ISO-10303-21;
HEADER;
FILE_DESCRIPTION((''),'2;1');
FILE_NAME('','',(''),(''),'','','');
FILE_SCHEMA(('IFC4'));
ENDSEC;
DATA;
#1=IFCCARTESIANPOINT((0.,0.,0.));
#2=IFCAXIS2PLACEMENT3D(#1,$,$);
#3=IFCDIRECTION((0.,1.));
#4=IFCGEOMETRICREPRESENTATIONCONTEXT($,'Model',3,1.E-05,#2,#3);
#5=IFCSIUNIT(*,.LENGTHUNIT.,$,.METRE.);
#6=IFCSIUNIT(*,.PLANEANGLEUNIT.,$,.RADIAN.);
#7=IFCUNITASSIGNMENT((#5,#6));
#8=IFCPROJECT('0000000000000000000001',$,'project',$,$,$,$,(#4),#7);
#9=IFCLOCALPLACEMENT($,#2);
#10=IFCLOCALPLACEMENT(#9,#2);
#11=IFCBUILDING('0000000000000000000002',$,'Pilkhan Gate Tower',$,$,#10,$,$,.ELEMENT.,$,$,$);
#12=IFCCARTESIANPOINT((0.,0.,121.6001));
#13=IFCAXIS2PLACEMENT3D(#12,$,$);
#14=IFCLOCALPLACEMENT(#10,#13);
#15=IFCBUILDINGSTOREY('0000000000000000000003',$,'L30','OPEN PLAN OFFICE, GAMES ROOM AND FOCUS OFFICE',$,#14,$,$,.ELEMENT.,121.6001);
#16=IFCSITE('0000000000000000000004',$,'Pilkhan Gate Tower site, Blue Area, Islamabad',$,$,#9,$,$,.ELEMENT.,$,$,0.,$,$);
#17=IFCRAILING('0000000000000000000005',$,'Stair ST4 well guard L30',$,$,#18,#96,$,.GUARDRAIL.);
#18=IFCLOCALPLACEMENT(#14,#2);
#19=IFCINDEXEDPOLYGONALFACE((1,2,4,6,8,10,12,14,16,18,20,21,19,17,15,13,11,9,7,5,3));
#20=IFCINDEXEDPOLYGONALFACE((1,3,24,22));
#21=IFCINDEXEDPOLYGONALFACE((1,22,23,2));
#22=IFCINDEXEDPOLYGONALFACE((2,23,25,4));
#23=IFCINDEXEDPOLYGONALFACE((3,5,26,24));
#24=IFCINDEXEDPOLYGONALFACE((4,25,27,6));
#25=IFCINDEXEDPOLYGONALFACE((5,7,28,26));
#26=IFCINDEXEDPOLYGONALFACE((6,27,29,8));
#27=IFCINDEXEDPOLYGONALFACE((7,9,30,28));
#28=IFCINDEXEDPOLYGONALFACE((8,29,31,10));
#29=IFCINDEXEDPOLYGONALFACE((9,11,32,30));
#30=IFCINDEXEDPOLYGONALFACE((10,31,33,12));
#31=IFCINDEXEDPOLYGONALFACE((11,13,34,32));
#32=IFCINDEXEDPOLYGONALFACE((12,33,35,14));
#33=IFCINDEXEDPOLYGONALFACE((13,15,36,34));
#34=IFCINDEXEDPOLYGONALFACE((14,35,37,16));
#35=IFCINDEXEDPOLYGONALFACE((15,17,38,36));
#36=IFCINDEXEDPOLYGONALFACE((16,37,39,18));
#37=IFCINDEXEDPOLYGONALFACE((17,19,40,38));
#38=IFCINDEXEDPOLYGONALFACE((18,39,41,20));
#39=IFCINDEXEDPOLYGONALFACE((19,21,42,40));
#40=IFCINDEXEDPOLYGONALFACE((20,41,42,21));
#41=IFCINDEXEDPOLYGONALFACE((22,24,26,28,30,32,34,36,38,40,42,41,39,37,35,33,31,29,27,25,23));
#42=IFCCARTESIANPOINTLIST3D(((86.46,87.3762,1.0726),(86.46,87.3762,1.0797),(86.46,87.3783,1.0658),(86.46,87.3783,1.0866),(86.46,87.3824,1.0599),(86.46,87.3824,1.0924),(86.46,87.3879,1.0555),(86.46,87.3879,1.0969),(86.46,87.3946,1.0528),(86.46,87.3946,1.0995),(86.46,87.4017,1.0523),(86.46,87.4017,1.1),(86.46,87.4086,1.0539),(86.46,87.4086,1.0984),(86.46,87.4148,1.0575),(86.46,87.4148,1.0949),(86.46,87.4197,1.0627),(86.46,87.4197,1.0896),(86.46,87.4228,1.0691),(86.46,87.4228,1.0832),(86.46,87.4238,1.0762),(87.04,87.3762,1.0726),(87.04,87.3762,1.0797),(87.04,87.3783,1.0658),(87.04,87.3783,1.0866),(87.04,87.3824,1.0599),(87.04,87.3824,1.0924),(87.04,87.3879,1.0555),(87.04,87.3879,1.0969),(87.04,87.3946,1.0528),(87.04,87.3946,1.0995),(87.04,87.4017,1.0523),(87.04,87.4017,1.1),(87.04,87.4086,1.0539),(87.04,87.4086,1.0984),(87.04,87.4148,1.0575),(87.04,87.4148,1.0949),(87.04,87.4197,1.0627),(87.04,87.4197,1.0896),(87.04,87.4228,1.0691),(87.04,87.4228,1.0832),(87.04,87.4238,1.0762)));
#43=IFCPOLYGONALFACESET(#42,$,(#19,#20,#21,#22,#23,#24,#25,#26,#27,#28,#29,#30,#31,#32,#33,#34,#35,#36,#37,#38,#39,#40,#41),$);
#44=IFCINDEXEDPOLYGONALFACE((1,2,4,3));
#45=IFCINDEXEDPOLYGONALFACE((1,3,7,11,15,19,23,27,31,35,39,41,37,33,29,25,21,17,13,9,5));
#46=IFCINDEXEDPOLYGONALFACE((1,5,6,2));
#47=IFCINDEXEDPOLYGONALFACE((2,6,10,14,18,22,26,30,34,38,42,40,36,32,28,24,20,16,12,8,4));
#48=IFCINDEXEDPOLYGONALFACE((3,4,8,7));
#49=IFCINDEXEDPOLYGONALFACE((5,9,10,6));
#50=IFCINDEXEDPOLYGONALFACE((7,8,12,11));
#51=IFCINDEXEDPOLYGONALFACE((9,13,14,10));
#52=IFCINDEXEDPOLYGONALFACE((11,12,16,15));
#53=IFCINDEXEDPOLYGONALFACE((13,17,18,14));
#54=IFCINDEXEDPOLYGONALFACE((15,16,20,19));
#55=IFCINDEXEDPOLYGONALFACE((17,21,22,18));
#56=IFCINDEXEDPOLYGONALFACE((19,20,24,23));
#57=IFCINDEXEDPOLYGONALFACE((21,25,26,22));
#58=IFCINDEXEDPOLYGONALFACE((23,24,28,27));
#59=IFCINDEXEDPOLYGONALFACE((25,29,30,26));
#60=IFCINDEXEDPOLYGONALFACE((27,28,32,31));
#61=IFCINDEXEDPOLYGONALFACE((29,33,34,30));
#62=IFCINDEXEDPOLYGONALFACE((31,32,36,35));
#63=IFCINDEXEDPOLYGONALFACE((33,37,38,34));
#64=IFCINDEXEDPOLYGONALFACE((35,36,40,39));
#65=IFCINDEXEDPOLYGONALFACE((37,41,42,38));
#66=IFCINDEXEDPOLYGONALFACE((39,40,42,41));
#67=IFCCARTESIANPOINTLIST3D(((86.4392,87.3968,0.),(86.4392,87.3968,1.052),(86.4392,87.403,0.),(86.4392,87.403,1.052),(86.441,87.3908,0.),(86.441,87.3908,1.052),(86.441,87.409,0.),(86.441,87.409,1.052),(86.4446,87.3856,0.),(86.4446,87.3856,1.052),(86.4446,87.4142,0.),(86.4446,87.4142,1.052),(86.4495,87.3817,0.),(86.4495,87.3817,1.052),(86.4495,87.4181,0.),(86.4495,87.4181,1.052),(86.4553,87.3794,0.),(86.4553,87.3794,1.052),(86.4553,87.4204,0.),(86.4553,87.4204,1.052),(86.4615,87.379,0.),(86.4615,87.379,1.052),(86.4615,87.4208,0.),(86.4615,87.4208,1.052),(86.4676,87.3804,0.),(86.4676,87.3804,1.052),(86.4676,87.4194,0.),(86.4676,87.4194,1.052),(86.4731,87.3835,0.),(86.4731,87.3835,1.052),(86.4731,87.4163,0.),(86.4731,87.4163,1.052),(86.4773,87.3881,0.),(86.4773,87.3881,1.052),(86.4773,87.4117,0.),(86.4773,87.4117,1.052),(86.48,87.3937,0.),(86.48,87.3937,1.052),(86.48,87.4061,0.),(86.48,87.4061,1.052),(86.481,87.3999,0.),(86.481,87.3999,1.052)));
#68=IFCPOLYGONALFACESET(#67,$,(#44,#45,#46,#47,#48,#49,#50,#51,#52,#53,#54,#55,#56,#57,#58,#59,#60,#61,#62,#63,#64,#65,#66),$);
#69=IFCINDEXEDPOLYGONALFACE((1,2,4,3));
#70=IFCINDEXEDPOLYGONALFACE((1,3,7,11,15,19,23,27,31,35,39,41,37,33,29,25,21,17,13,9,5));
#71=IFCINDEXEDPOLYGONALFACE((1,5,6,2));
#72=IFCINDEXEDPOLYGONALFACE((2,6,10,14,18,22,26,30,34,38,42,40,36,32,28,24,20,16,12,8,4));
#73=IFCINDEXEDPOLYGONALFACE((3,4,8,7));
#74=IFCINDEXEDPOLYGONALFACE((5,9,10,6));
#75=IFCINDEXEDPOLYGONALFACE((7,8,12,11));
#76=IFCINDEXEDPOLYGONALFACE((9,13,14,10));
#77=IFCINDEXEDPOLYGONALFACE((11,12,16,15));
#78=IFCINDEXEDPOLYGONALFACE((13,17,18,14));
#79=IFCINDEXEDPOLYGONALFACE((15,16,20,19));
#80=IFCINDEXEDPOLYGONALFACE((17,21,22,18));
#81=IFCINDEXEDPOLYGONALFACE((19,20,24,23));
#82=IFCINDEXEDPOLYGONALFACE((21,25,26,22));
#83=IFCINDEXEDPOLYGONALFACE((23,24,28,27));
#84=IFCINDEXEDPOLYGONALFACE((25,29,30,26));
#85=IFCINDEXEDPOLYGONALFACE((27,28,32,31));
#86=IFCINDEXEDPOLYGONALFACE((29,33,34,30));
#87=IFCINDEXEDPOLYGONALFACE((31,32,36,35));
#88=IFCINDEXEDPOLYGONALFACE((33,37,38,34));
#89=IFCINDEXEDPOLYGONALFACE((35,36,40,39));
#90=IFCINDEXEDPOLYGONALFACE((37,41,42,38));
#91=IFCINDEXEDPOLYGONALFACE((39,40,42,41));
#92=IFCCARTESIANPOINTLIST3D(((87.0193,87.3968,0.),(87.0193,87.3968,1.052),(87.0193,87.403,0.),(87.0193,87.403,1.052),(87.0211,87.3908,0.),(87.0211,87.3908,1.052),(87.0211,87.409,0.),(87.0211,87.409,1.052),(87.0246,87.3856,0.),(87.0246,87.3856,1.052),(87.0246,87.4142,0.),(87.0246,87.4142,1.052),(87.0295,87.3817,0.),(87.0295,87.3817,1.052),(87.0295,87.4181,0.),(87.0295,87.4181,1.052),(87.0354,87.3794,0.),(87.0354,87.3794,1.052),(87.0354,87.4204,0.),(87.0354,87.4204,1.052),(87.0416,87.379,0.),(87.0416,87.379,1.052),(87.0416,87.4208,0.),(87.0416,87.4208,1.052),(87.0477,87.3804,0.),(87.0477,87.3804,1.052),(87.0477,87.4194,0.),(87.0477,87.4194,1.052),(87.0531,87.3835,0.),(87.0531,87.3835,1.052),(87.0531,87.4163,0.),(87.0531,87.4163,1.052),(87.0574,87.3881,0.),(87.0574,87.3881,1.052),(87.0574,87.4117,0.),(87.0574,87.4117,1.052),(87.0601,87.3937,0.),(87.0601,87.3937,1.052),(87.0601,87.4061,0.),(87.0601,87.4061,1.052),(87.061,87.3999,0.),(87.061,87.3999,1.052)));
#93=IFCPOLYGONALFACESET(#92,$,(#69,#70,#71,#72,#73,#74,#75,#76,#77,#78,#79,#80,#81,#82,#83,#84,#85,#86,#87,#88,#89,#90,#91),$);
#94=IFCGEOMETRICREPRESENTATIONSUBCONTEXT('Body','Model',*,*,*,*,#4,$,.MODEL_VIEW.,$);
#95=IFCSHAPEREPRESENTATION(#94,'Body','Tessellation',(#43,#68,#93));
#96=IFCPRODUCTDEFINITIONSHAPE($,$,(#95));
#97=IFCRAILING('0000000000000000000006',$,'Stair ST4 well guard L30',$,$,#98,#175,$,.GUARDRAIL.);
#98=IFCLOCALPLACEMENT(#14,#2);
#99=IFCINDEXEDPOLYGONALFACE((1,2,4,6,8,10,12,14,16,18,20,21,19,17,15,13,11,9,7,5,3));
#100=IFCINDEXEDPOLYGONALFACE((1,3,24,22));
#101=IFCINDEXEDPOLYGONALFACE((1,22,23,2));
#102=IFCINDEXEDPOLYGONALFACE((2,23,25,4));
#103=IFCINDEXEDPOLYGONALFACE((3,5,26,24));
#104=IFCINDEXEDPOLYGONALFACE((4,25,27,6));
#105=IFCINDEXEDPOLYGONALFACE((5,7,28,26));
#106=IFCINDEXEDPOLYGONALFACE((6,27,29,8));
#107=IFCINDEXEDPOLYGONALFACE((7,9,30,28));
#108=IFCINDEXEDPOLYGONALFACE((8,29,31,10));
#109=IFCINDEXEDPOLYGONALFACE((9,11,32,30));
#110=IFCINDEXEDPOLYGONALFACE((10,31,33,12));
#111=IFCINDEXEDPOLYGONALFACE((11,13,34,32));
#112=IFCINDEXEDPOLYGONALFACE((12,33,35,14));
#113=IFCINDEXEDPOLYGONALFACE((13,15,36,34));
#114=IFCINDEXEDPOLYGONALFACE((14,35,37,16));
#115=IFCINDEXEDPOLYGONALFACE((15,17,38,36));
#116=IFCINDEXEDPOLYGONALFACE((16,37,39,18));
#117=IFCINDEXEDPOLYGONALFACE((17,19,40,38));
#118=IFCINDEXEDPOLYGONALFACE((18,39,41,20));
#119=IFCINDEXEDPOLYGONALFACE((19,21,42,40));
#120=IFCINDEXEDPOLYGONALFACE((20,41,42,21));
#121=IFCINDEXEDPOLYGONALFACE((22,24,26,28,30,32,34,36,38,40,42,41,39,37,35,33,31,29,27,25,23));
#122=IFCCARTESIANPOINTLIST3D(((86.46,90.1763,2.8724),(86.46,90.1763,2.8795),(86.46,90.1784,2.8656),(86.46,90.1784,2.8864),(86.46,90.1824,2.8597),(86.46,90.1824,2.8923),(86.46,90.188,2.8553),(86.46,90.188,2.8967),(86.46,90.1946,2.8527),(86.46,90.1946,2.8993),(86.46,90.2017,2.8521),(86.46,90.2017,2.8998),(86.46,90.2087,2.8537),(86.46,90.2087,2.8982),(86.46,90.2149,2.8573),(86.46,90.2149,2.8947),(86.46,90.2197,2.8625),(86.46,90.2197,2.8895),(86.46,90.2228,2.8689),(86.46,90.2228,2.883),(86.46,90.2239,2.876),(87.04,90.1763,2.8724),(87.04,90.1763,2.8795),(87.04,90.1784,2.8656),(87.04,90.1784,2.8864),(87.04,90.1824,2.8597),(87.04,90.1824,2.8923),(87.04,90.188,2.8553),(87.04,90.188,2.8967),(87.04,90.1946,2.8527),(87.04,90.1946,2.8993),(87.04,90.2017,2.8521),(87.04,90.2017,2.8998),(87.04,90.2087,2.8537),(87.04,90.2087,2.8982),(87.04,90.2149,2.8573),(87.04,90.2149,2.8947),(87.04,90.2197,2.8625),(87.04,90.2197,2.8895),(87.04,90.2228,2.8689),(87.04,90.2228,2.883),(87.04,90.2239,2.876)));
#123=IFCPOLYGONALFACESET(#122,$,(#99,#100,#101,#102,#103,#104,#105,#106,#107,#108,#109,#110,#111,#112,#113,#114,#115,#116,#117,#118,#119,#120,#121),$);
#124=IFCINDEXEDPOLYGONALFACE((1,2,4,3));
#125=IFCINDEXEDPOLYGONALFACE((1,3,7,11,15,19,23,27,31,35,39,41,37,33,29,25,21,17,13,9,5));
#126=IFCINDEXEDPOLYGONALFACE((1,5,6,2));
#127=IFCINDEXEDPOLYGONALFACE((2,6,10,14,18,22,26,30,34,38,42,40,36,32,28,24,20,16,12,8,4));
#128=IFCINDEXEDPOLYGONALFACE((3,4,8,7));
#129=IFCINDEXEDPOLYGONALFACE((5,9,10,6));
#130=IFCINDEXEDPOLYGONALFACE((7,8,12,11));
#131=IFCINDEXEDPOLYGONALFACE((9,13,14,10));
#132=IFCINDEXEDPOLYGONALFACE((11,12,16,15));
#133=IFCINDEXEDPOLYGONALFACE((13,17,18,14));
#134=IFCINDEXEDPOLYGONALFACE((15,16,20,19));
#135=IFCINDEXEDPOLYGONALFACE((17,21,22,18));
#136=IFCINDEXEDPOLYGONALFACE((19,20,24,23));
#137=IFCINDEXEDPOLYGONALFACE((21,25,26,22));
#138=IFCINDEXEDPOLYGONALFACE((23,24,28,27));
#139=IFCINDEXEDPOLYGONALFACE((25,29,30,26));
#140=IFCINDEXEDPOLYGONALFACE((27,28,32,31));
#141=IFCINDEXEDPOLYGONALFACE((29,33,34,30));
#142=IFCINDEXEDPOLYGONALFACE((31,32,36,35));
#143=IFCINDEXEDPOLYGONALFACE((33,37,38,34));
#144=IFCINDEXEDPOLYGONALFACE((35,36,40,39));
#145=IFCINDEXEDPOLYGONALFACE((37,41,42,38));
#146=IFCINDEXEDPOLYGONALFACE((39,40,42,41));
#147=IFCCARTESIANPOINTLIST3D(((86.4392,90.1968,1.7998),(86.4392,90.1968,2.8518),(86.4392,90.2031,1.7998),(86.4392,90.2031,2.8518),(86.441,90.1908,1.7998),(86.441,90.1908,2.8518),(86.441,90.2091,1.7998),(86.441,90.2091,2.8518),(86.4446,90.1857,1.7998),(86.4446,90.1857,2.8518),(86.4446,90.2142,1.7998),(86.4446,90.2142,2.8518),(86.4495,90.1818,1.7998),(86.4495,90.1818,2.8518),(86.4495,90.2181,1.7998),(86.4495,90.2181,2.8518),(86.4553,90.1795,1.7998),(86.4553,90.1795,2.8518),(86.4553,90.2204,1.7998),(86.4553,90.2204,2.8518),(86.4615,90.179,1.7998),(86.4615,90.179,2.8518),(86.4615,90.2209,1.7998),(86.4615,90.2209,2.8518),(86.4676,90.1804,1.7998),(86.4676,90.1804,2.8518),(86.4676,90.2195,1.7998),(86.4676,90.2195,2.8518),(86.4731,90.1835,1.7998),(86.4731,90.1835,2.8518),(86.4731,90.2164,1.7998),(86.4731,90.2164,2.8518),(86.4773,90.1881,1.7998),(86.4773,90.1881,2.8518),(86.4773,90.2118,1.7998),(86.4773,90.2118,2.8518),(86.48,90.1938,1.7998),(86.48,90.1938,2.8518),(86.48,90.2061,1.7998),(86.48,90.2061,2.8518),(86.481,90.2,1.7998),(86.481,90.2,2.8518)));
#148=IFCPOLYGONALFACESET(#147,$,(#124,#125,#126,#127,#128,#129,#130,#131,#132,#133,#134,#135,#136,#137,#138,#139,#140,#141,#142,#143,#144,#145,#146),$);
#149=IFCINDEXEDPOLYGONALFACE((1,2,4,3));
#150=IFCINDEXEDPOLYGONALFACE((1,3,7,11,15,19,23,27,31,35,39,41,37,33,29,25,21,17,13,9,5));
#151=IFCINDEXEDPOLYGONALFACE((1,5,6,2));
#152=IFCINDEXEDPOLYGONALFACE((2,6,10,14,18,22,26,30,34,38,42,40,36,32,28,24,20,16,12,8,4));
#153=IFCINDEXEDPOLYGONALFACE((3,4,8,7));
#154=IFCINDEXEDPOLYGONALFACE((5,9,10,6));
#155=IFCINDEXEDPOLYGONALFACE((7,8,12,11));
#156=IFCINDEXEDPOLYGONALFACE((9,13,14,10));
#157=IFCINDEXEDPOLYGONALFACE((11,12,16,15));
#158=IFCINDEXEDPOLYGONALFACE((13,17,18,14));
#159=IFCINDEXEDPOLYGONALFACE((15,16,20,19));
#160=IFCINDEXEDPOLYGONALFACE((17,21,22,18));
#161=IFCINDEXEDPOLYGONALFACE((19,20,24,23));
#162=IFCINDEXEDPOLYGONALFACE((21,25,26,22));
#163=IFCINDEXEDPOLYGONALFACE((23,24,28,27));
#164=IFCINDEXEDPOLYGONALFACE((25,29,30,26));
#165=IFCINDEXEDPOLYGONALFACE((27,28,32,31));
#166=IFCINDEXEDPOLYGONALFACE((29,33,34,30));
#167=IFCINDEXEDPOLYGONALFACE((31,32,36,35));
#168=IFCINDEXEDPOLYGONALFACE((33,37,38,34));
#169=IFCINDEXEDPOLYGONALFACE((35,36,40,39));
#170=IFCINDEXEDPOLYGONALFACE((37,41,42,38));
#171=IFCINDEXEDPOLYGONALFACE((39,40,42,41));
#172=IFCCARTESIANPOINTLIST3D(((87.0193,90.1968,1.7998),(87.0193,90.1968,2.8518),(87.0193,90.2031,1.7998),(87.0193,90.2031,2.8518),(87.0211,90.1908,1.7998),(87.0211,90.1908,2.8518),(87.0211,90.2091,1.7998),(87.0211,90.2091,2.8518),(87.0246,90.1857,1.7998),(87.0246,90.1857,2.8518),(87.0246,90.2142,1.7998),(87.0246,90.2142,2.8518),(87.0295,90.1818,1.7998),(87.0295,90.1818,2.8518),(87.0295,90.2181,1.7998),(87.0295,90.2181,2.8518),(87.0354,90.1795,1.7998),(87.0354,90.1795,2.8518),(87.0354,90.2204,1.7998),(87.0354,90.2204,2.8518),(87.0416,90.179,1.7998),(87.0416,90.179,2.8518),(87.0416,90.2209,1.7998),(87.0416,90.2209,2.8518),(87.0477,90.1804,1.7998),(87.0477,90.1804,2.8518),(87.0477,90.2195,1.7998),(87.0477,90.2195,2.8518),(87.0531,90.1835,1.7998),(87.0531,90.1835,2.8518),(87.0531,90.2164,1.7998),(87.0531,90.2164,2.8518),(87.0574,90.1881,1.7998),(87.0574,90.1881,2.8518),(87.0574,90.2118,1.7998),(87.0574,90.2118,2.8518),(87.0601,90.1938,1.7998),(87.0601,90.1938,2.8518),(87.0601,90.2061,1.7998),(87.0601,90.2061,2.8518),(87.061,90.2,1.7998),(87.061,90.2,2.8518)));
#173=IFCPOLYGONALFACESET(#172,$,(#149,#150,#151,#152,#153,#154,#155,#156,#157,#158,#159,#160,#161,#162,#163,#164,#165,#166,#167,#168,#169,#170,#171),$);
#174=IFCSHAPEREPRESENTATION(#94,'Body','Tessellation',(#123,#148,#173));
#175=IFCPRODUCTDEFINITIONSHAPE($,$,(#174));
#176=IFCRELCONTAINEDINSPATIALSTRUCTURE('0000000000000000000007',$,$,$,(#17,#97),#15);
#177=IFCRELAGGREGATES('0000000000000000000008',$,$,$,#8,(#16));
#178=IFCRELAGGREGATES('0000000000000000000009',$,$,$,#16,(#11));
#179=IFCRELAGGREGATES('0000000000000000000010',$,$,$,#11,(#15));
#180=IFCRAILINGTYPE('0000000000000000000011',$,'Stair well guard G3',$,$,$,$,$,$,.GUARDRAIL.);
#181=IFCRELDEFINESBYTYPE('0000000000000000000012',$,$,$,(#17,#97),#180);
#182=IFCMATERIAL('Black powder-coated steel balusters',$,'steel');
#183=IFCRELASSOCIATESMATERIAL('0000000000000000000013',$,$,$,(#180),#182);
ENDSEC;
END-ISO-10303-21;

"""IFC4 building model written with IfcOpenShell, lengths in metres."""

from ifc_helpers import new_model, si_unit, direction, frame, origin, origin_2d, place, context, subcontext, project, spatial, circle, extrude, material, type_object, element, save


model = new_model("IFC4")

# Units and contexts
model_context = context("Model", 3, precision=1e-05, world=origin(), true_north=direction((0.0, 1.0)))
body_context = subcontext(model_context, "Body", "Model", "MODEL_VIEW")
ifc_project = project(units=[si_unit("LENGTHUNIT", "METRE"), si_unit("PLANEANGLEUNIT", "RADIAN")], contexts=[model_context])

# Site, building, storey
site_placement = place(None, origin())
site = spatial("IfcSite", under=ifc_project, at=site_placement, Name="Pilkhan Gate Tower site, Blue Area, Islamabad", CompositionType="ELEMENT", RefElevation=0.0)
building_placement = place(site_placement, origin())
building = spatial("IfcBuilding", under=site, at=building_placement, Name="Pilkhan Gate Tower", CompositionType="ELEMENT")
storey_placement = place(building_placement, frame((0.0, 0.0, 121.6001)))
storey = spatial("IfcBuildingStorey", under=building, at=storey_placement, Name="L30", Description="OPEN PLAN OFFICE, GAMES ROOM AND FOCUS OFFICE", CompositionType="ELEMENT", Elevation=121.6001)

# Railings
ifc_material_1 = material(Name="Black powder-coated steel balusters", Category="steel")
railing_type_1 = type_object("IfcRailingType", Name="Stair well guard G3", PredefinedType="GUARDRAIL", material=ifc_material_1)
for number, where, name in (
    (1, (86.46, 87.3999, 0.0), "Stair ST4 well guard L30"),
    (2, (86.46, 90.2, 1.7998), "Stair ST4 well guard L30"),
):
    element("IfcRailing", number, at=place(storey_placement, frame(where)), inside=storey, type_object=railing_type_1, Name=name, PredefinedType="GUARDRAIL", context=body_context, shape_type="SweptSolid", body=[
        extrude(circle(Radius=0.0239, at=origin_2d()), frame((0.0, 0.0, 1.0762), z_axis=(1.0, 0.0, 0.0), x_axis=(0.0, 1.0, 0.0)), (0.0, 0.0, 1.0), 0.5801),
        extrude(circle(Radius=0.021, at=origin_2d()), origin(), (0.0, 0.0, 1.0), 1.052),
        extrude(circle(Radius=0.021, at=origin_2d()), frame((0.5801, 0.0, 0.0)), (0.0, 0.0, 1.0), 1.052),
    ])

save(model, "model.ifc")
